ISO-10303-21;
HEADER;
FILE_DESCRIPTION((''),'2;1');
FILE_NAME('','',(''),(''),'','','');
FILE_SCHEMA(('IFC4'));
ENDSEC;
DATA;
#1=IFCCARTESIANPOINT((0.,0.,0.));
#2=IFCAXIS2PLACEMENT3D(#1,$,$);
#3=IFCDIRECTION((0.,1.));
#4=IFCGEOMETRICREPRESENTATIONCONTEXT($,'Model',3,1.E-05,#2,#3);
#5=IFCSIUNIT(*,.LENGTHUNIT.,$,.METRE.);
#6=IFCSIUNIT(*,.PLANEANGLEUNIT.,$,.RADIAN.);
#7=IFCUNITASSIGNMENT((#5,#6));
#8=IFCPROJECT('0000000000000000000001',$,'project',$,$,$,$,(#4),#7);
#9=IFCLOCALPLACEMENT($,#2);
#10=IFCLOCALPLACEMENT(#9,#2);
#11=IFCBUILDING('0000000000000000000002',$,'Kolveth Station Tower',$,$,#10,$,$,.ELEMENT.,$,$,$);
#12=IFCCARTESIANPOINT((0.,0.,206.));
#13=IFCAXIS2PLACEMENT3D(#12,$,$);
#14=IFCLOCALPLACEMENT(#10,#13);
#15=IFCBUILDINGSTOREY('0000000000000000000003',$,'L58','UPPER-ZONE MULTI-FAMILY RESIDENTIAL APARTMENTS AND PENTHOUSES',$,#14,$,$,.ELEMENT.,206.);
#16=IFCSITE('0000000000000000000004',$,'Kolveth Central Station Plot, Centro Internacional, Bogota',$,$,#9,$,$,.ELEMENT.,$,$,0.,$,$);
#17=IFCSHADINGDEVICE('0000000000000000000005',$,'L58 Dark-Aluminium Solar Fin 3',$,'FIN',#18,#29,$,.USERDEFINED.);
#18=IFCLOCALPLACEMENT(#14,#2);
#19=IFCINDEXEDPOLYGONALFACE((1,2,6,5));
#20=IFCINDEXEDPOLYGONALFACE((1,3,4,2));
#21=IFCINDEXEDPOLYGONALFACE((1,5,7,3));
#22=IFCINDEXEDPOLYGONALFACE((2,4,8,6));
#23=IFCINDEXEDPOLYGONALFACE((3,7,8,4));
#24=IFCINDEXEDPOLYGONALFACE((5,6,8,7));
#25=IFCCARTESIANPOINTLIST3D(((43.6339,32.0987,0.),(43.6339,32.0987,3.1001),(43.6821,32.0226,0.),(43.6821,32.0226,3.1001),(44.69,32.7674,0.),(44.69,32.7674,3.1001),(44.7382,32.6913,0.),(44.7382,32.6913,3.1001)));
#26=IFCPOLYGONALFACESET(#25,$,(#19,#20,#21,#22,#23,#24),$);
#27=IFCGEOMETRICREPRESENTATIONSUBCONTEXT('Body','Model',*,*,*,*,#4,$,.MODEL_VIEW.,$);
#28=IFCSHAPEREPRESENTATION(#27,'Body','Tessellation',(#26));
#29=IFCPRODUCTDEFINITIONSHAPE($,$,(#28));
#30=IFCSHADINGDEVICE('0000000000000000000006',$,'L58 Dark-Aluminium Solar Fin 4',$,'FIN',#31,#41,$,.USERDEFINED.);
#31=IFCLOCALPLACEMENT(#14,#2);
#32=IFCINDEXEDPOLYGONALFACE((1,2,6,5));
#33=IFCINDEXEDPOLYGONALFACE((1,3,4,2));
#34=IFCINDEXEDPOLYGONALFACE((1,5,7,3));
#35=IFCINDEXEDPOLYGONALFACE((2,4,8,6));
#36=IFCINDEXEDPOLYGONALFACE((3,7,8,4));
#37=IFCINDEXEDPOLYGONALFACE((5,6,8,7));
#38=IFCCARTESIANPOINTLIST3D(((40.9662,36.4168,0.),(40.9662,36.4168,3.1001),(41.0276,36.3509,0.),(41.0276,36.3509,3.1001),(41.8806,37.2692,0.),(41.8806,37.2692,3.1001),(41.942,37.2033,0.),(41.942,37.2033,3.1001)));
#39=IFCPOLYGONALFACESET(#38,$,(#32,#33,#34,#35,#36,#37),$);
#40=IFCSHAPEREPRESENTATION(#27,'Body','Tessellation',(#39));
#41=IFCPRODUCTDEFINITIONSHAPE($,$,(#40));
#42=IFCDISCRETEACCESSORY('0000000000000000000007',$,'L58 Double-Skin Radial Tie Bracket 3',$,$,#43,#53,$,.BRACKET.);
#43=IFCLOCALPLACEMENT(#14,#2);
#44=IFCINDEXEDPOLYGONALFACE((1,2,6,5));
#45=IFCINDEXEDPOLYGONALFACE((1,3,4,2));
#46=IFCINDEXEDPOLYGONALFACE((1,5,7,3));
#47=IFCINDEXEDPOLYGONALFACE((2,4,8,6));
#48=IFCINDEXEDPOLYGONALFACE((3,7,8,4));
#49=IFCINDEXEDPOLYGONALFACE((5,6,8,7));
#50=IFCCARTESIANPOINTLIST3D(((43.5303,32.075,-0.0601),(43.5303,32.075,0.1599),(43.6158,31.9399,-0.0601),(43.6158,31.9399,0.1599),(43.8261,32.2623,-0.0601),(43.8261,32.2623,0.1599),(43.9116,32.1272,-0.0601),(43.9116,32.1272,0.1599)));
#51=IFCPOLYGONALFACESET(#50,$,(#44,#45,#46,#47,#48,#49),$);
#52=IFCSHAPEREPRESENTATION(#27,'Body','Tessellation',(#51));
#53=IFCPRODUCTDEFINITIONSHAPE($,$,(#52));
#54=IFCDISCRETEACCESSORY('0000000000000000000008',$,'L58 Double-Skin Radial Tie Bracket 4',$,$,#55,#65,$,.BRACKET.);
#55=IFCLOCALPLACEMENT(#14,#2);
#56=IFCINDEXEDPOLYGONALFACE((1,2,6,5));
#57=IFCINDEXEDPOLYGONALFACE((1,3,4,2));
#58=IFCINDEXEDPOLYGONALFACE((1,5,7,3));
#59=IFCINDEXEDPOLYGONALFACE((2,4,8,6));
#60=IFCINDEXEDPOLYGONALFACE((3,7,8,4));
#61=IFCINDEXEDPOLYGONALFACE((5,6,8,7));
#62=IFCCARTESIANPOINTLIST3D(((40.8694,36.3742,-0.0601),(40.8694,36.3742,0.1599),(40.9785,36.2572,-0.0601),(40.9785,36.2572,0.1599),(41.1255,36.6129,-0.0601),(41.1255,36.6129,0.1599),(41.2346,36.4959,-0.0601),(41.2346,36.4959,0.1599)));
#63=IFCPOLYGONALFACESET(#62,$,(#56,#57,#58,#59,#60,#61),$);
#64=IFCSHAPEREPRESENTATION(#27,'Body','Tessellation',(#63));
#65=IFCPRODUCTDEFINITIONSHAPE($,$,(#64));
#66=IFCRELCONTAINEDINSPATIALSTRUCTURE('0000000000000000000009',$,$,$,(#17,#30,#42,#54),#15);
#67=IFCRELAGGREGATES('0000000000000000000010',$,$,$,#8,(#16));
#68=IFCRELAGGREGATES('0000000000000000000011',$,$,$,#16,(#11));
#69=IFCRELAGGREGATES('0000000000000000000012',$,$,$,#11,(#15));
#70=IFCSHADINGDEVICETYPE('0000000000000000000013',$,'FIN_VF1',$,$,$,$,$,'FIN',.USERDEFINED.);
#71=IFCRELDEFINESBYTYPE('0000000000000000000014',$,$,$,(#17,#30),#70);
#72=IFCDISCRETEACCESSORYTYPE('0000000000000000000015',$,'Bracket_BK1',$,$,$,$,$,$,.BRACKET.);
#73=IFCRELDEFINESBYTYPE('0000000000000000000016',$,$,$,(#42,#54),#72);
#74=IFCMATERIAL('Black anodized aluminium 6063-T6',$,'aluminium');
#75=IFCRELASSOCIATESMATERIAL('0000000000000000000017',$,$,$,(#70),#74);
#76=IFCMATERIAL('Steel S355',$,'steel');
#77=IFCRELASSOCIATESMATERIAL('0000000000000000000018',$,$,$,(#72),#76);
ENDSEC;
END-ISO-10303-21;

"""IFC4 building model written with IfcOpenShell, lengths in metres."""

from ifc_helpers import new_model, si_unit, direction, frame, origin, origin_2d, place, context, subcontext, project, spatial, rectangle, extrude, source, transform, mapped, material, type_object, element, save


model = new_model("IFC4")

# Units and contexts
model_context = context("Model", 3, precision=1e-05, world=origin(), true_north=direction((0.0, 1.0)))
body_context = subcontext(model_context, "Body", "Model", "MODEL_VIEW")
ifc_project = project(units=[si_unit("LENGTHUNIT", "METRE"), si_unit("PLANEANGLEUNIT", "RADIAN")], contexts=[model_context])

# Site, building, storey
site_placement = place(None, origin())
site = spatial("IfcSite", under=ifc_project, at=site_placement, Name="Kolveth Central Station Plot, Centro Internacional, Bogota", CompositionType="ELEMENT", RefElevation=0.0)
building_placement = place(site_placement, origin())
building = spatial("IfcBuilding", under=site, at=building_placement, Name="Kolveth Station Tower", CompositionType="ELEMENT")
storey_placement = place(building_placement, frame((0.0, 0.0, 206.0)))
storey = spatial("IfcBuildingStorey", under=building, at=storey_placement, Name="L58", Description="UPPER-ZONE MULTI-FAMILY RESIDENTIAL APARTMENTS AND PENTHOUSES", CompositionType="ELEMENT", Elevation=206.0)

# Shared definitions
ifc_material_1 = material(Name="Steel S355", Category="steel")

# Shared definitions
ifc_material_2 = material(Name="Black anodized aluminium 6063-T6", Category="aluminium")

# Shading devices
shading_device_type = type_object("IfcShadingDeviceType", Name="FIN_VF1", ElementType="FIN", PredefinedType="USERDEFINED", material=ifc_material_2)
shared_shape_1 = source(origin(), body_context, "Body", "SweptSolid", [
    extrude(rectangle(XDim=1.25, YDim=0.0901, at=origin_2d()), origin(), (0.0, 0.0, 1.0), 3.1001),
])
for number, where, z_axis, x_axis, name in (
    (1, (44.186, 32.395, 0.0), (0.0, 0.0, 1.0), (0.844889, 0.534942, 0.0), "L58 Dark-Aluminium Solar Fin 3"),
    (2, (41.4541, 36.8101, 0.0), (0.0, 0.0, 1.0), (0.731473, 0.681871, 0.0), "L58 Dark-Aluminium Solar Fin 4"),
):
    element("IfcShadingDevice", number, at=place(storey_placement, frame(where, z_axis=z_axis, x_axis=x_axis)), inside=storey, type_object=shading_device_type, Name=name, ObjectType="FIN", PredefinedType="USERDEFINED", context=body_context, shape_type="MappedRepresentation", body=[
        mapped(shared_shape_1, transform((0.0, 0.0, 0.0), x_axis=(1.0, 0.0, 0.0), y_axis=(0.0, 1.0, 0.0), z_axis=(0.0, 0.0, 1.0), scale=1.0)),
    ])

# Discrete accessories
discrete_accessory_type = type_object("IfcDiscreteAccessoryType", Name="Bracket_BK1", PredefinedType="BRACKET", material=ifc_material_1)
shared_shape_2 = source(origin(), body_context, "Body", "SweptSolid", [
    extrude(rectangle(XDim=0.3501, YDim=0.1599, at=origin_2d()), origin(), (0.0, 0.0, 1.0), 0.22),
])
for number, where, z_axis, x_axis, name in (
    (3, (43.7209, 32.1011, -0.0601), (0.0, 0.0, 1.0), (0.844889, 0.534942, 0.0), "L58 Double-Skin Radial Tie Bracket 3"),
    (4, (41.052, 36.4351, -0.0601), (0.0, 0.0, 1.0), (0.731473, 0.681871, 0.0), "L58 Double-Skin Radial Tie Bracket 4"),
):
    element("IfcDiscreteAccessory", number, at=place(storey_placement, frame(where, z_axis=z_axis, x_axis=x_axis)), inside=storey, type_object=discrete_accessory_type, Name=name, PredefinedType="BRACKET", context=body_context, shape_type="MappedRepresentation", body=[
        mapped(shared_shape_2, transform((0.0, 0.0, 0.0), x_axis=(1.0, 0.0, 0.0), y_axis=(0.0, 1.0, 0.0), z_axis=(0.0, 0.0, 1.0), scale=1.0)),
    ])

save(model, "model.ifc")
